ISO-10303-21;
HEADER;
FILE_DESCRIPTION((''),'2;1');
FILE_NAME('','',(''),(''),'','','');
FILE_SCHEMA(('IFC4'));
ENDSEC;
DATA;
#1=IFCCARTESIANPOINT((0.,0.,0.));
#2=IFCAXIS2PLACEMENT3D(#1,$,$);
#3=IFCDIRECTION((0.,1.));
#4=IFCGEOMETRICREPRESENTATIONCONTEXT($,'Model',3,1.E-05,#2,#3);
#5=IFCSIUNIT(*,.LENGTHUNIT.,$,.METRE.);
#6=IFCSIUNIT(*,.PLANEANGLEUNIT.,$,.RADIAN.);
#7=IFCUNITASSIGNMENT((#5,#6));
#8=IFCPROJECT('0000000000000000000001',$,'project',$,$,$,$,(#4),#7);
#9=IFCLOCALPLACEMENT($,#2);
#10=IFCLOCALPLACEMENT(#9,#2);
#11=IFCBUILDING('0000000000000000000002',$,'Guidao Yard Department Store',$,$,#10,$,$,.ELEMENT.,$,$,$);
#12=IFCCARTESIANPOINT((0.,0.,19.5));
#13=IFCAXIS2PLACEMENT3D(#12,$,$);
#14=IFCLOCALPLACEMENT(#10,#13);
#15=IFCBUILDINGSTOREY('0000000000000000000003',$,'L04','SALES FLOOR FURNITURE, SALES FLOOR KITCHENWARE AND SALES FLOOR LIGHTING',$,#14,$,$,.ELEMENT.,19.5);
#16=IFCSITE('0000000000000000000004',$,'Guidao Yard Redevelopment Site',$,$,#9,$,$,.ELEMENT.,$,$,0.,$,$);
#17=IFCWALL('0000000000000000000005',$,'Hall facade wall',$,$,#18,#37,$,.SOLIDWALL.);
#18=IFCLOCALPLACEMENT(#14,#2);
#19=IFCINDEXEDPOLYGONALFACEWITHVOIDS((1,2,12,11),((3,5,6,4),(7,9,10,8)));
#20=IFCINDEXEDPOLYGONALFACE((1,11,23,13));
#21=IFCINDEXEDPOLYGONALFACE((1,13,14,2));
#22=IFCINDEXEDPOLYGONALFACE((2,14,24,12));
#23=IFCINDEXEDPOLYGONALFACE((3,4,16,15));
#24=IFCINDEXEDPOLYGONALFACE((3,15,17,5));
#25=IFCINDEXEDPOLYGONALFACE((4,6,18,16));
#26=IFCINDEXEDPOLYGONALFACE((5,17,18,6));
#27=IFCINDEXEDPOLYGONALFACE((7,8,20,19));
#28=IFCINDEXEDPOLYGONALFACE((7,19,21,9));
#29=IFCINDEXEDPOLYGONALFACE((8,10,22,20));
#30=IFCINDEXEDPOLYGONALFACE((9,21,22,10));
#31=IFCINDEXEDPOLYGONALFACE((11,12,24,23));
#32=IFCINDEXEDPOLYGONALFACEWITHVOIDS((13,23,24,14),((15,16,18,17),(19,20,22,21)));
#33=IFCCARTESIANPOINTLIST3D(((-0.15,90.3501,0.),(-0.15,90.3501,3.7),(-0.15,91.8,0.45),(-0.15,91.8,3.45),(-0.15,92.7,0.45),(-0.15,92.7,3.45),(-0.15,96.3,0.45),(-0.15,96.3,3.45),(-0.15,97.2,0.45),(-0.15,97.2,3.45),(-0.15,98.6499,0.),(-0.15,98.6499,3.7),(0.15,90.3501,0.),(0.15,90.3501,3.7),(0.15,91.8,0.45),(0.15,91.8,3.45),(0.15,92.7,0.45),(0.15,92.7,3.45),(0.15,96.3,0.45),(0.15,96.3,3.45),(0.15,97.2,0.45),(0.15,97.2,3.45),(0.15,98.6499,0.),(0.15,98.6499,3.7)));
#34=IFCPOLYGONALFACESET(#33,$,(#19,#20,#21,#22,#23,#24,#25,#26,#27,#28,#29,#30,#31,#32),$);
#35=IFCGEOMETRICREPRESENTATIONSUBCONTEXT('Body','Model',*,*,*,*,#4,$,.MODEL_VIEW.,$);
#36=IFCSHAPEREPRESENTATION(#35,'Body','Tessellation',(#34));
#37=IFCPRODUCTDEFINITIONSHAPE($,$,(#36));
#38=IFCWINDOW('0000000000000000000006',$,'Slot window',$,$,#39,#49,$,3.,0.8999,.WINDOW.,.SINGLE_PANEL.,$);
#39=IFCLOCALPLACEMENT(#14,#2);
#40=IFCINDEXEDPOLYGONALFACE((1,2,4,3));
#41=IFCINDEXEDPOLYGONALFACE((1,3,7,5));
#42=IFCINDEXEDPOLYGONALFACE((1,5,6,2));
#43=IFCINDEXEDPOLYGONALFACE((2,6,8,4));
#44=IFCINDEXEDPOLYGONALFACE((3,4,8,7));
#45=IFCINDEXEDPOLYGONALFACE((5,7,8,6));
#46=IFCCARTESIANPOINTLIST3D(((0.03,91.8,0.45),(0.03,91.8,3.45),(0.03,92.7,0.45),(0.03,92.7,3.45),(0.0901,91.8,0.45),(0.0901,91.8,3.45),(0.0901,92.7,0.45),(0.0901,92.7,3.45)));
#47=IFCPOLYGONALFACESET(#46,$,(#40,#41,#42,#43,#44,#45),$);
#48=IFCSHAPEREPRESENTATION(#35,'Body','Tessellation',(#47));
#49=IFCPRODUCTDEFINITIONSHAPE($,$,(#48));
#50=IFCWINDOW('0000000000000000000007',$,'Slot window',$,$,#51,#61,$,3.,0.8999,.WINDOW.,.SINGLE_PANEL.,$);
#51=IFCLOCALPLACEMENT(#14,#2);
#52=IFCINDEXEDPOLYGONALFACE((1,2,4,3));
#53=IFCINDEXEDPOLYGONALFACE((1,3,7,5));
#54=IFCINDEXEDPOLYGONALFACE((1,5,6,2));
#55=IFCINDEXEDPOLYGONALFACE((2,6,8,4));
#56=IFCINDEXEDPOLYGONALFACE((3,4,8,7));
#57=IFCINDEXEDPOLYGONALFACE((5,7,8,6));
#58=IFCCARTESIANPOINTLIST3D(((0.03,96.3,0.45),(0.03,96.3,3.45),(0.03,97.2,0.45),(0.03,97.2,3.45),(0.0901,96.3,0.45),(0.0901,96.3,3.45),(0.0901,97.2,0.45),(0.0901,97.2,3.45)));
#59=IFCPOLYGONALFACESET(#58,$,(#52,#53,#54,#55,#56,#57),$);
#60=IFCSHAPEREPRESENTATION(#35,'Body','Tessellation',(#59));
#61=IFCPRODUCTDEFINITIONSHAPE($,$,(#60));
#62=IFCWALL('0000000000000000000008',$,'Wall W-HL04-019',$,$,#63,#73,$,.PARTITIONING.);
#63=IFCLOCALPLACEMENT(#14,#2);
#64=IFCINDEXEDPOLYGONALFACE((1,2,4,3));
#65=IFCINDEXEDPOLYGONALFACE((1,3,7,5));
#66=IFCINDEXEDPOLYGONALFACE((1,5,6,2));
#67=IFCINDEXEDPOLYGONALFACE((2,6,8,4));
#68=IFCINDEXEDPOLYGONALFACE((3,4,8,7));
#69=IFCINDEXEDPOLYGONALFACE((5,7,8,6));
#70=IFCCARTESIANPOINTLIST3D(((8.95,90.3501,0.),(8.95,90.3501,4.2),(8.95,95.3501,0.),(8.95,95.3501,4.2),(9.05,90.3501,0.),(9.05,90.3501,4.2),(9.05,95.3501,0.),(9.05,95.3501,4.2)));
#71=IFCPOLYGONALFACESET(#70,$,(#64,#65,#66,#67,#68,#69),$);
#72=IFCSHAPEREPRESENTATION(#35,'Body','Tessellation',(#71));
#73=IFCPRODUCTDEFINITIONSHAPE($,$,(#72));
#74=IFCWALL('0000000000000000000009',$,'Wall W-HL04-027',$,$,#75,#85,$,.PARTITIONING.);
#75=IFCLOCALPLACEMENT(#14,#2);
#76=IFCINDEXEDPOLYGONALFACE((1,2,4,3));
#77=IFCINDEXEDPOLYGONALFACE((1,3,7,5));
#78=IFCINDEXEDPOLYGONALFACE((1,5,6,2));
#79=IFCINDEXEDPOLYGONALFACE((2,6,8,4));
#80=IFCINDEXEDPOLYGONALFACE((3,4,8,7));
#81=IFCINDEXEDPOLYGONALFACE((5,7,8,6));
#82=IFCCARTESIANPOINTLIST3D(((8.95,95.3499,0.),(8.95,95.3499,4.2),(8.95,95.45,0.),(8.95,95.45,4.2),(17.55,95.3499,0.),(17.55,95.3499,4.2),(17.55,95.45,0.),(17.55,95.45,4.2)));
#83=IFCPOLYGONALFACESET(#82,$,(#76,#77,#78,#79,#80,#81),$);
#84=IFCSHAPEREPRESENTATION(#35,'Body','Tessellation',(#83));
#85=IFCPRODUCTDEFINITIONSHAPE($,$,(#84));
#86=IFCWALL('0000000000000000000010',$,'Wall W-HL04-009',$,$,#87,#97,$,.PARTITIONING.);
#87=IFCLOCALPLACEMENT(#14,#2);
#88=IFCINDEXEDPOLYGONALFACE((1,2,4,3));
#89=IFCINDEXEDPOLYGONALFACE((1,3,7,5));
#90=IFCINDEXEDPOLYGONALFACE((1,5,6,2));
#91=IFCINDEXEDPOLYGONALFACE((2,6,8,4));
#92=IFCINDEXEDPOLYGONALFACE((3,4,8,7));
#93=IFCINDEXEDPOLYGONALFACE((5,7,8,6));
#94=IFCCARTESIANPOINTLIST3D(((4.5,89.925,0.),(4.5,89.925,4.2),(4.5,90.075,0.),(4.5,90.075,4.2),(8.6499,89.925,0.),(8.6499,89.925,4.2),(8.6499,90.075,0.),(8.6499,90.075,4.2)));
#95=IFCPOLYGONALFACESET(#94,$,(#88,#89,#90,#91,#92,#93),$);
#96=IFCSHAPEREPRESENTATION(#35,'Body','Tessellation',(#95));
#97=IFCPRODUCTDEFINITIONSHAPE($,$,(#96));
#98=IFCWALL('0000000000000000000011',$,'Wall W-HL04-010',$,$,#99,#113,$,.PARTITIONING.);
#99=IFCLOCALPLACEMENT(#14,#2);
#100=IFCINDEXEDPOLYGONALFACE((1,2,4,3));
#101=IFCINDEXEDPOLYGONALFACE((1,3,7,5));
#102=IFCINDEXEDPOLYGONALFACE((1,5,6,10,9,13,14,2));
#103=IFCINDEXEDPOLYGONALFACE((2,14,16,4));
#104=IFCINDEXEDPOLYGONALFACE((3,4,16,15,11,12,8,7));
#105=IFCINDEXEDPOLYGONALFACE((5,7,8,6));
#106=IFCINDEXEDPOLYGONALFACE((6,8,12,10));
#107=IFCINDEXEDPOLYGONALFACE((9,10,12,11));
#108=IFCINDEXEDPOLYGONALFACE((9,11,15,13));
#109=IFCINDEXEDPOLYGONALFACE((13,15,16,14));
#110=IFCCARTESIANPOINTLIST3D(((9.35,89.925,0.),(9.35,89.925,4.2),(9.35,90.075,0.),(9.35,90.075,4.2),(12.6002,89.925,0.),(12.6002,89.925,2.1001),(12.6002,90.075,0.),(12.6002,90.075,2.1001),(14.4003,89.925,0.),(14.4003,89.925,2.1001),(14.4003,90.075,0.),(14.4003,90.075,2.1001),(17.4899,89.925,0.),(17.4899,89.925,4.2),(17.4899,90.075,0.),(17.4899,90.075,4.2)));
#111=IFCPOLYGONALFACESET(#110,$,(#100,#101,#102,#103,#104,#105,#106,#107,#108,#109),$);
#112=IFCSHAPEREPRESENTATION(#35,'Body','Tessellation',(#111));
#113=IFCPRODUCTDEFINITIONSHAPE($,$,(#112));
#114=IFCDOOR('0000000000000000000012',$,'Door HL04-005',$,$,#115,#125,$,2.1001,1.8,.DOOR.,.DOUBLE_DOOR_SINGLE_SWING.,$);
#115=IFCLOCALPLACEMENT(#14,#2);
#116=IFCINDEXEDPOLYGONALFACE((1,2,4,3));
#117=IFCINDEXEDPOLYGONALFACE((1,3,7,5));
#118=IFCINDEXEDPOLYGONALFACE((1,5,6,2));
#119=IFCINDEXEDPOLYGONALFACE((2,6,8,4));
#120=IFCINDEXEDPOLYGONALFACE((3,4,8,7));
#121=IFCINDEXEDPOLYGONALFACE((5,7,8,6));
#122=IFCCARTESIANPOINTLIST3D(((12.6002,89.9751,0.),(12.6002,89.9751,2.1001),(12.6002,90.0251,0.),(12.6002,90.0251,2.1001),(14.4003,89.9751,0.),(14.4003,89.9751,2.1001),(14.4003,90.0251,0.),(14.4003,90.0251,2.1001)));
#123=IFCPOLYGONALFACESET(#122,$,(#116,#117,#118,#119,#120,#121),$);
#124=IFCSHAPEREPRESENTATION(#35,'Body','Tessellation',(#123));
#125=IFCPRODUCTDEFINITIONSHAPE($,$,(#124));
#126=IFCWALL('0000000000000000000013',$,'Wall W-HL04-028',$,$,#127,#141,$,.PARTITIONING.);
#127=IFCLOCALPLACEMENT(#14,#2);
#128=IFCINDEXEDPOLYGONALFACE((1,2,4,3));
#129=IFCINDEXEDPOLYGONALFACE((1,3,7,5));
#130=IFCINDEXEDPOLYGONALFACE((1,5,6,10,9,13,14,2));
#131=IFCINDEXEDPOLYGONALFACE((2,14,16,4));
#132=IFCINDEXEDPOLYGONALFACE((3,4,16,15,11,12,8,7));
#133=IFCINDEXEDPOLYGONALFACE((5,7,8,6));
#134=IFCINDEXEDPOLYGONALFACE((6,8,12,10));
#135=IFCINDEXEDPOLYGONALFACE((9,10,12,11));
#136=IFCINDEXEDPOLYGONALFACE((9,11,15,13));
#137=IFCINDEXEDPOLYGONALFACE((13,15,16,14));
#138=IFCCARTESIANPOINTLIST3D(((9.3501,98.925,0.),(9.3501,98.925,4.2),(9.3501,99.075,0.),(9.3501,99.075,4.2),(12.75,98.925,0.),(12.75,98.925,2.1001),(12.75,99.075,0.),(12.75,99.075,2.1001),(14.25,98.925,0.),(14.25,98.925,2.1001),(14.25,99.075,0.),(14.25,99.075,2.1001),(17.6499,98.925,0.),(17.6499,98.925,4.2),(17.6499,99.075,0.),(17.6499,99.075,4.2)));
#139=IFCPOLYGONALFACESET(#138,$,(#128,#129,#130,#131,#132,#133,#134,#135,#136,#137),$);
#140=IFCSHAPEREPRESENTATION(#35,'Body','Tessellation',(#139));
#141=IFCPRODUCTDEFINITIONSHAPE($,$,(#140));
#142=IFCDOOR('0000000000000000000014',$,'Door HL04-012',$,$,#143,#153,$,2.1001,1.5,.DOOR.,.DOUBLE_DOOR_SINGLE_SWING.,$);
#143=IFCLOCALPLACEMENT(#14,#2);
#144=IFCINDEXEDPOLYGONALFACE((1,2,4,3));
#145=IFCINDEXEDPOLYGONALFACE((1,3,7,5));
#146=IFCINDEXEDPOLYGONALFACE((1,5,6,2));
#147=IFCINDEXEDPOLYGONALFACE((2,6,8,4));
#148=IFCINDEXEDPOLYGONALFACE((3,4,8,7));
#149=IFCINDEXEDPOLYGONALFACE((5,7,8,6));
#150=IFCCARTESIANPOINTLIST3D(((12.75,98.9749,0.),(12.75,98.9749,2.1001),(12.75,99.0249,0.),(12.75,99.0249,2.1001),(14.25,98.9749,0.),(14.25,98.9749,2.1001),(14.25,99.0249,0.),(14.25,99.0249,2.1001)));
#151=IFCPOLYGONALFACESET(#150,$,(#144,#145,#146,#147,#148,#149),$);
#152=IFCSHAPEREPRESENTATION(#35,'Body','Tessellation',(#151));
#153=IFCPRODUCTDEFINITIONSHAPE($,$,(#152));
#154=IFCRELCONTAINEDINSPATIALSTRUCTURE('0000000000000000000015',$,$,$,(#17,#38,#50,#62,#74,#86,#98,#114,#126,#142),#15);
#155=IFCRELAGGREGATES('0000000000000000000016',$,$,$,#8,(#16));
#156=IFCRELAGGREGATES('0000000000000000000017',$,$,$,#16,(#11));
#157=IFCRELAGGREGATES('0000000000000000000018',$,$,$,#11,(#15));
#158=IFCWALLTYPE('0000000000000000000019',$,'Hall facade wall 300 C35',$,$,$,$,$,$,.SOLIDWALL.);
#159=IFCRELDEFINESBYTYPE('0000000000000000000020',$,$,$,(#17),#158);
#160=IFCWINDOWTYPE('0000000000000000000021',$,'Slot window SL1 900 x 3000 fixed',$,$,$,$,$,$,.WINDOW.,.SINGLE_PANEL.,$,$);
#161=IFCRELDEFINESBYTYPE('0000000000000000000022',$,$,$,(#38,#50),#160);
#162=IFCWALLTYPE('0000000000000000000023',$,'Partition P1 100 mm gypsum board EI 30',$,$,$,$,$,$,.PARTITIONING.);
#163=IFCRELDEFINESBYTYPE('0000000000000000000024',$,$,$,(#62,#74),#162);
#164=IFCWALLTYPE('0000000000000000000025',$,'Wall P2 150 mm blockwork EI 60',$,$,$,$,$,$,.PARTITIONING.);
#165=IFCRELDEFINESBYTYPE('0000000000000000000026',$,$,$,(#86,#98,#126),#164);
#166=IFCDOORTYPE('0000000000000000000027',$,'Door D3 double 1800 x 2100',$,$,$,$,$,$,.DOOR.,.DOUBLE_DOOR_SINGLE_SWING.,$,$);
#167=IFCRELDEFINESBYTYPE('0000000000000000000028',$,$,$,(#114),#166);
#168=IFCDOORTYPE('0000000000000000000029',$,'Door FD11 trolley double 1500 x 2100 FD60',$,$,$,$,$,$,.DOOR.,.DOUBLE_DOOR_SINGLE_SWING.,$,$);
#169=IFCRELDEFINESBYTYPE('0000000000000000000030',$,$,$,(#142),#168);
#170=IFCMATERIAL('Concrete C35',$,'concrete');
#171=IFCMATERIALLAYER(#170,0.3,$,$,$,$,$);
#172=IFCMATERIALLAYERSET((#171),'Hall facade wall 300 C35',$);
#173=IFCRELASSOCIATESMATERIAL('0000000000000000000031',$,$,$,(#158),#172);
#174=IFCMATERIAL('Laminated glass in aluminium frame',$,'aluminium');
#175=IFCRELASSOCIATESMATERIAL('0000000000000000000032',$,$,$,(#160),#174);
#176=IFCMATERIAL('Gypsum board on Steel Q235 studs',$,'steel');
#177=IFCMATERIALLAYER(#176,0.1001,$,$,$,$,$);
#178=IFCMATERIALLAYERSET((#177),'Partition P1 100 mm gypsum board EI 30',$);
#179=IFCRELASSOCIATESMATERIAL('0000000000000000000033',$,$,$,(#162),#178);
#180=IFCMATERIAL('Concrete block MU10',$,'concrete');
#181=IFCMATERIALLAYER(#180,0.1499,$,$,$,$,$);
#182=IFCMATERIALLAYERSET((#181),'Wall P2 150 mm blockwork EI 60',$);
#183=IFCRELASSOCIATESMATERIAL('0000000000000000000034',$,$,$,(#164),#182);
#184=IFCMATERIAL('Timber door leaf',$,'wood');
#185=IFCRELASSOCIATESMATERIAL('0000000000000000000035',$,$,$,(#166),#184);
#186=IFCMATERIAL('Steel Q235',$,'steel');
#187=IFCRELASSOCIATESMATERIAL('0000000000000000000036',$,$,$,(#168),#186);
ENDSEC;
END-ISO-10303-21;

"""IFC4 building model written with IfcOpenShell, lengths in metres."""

from ifc_helpers import new_model, si_unit, direction, frame, frame_2d, origin, place, context, subcontext, project, spatial, rectangle, extrude, material, layer, layer_set, type_object, element, fill, save


model = new_model("IFC4")

# Units and contexts
model_context = context("Model", 3, precision=1e-05, world=origin(), true_north=direction((0.0, 1.0)))
body_context = subcontext(model_context, "Body", "Model", "MODEL_VIEW")
ifc_project = project(units=[si_unit("LENGTHUNIT", "METRE"), si_unit("PLANEANGLEUNIT", "RADIAN")], contexts=[model_context])

# Site, building, storey
site_placement = place(None, origin())
site = spatial("IfcSite", under=ifc_project, at=site_placement, Name="Guidao Yard Redevelopment Site", CompositionType="ELEMENT", RefElevation=0.0)
building_placement = place(site_placement, origin())
building = spatial("IfcBuilding", under=site, at=building_placement, Name="Guidao Yard Department Store", CompositionType="ELEMENT")
storey_placement = place(building_placement, frame((0.0, 0.0, 19.5)))
storey = spatial("IfcBuildingStorey", under=building, at=storey_placement, Name="L04", Description="SALES FLOOR FURNITURE, SALES FLOOR KITCHENWARE AND SALES FLOOR LIGHTING", CompositionType="ELEMENT", Elevation=19.5)

# Wall, openings, windows
ifc_material_1 = material(Name="Concrete C35", Category="concrete")
ifc_layer_1 = layer(ifc_material_1, 0.3)
ifc_layer_set_1 = layer_set([ifc_layer_1], Name="Hall facade wall 300 C35")
wall_type_1 = type_object("IfcWallType", Name="Hall facade wall 300 C35", PredefinedType="SOLIDWALL", material=ifc_layer_set_1)
wall_1_placement = place(storey_placement, frame((0.0, 90.3501, 0.0), z_axis=(0.0, 0.0, 1.0), x_axis=(0.0, 1.0, 0.0)))
wall_1 = element("IfcWall", 1, at=wall_1_placement, inside=storey, type_object=wall_type_1, Name="Hall facade wall", PredefinedType="SOLIDWALL", context=body_context, shape_type="SweptSolid", body=[
    extrude(rectangle(XDim=8.2998, YDim=0.3, at=frame_2d((4.1499, 0.0))), origin(), (0.0, 0.0, 1.0), 3.7),
])
opening_1_placement = place(wall_1_placement, frame((1.45, 0.0, 0.45)))
opening_1 = element("IfcOpeningElement", 2, at=opening_1_placement, cuts=wall_1, PredefinedType="OPENING", context=body_context, shape_type="SweptSolid", body=[
    extrude(rectangle(XDim=0.8999, YDim=3.0, at=frame_2d((0.45, 1.5))), frame((0.0, 0.1599, 0.0), z_axis=(0.0, -1.0, 0.0), x_axis=(1.0, 0.0, 0.0)), (0.0, 0.0, 1.0), 0.3201),
])
opening_2_placement = place(wall_1_placement, frame((5.95, 0.0, 0.45)))
opening_2 = element("IfcOpeningElement", 3, at=opening_2_placement, cuts=wall_1, PredefinedType="OPENING", context=body_context, shape_type="SweptSolid", body=[
    extrude(rectangle(XDim=0.8999, YDim=3.0, at=frame_2d((0.45, 1.5))), frame((0.0, 0.1599, 0.0), z_axis=(0.0, -1.0, 0.0), x_axis=(1.0, 0.0, 0.0)), (0.0, 0.0, 1.0), 0.3201),
])
ifc_material_2 = material(Name="Laminated glass in aluminium frame", Category="aluminium")
window_type = type_object("IfcWindowType", Name="Slot window SL1 900 x 3000 fixed", PartitioningType="SINGLE_PANEL", PredefinedType="WINDOW", material=ifc_material_2)
window_1_placement = place(opening_1_placement, origin())
window_1 = element("IfcWindow", 4, at=window_1_placement, inside=storey, type_object=window_type, Name="Slot window", OverallHeight=3.0, OverallWidth=0.8999, PartitioningType="SINGLE_PANEL", PredefinedType="WINDOW", context=body_context, shape_type="SweptSolid", body=[
    extrude(rectangle(XDim=0.8999, YDim=3.0, at=frame_2d((0.45, 1.5))), frame((0.0, -0.03, 0.0), z_axis=(0.0, -1.0, 0.0), x_axis=(1.0, 0.0, 0.0)), (0.0, 0.0, 1.0), 0.0601),
])
fill(opening_1, window_1)
window_2_placement = place(opening_2_placement, origin())
window_2 = element("IfcWindow", 5, at=window_2_placement, inside=storey, type_object=window_type, Name="Slot window", OverallHeight=3.0, OverallWidth=0.8999, PartitioningType="SINGLE_PANEL", PredefinedType="WINDOW", context=body_context, shape_type="SweptSolid", body=[
    extrude(rectangle(XDim=0.8999, YDim=3.0, at=frame_2d((0.45, 1.5))), frame((0.0, -0.03, 0.0), z_axis=(0.0, -1.0, 0.0), x_axis=(1.0, 0.0, 0.0)), (0.0, 0.0, 1.0), 0.0601),
])
fill(opening_2, window_2)

# Walls
ifc_material_3 = material(Name="Gypsum board on Steel Q235 studs", Category="steel")
ifc_layer_2 = layer(ifc_material_3, 0.1001)
ifc_layer_set_2 = layer_set([ifc_layer_2], Name="Partition P1 100 mm gypsum board EI 30")
wall_type_2 = type_object("IfcWallType", Name="Partition P1 100 mm gypsum board EI 30", PredefinedType="PARTITIONING", material=ifc_layer_set_2)
wall_2_placement = place(storey_placement, frame((9.0, 90.3501, 0.0), z_axis=(0.0, 0.0, 1.0), x_axis=(0.0, 1.0, 0.0)))
element("IfcWall", 6, at=wall_2_placement, inside=storey, type_object=wall_type_2, Name="Wall W-HL04-019", PredefinedType="PARTITIONING", context=body_context, shape_type="SweptSolid", body=[
    extrude(rectangle(XDim=5.0, YDim=0.1001, at=frame_2d((2.5, 0.0))), origin(), (0.0, 0.0, 1.0), 4.2),
])
wall_3_placement = place(storey_placement, frame((8.95, 95.3999, 0.0), z_axis=(0.0, 0.0, 1.0), x_axis=(1.0, 0.0, 0.0)))
element("IfcWall", 7, at=wall_3_placement, inside=storey, type_object=wall_type_2, Name="Wall W-HL04-027", PredefinedType="PARTITIONING", context=body_context, shape_type="SweptSolid", body=[
    extrude(rectangle(XDim=8.6001, YDim=0.1001, at=frame_2d((4.3, 0.0))), origin(), (0.0, 0.0, 1.0), 4.2),
])
ifc_material_4 = material(Name="Concrete block MU10", Category="concrete")
ifc_layer_3 = layer(ifc_material_4, 0.1499)
ifc_layer_set_3 = layer_set([ifc_layer_3], Name="Wall P2 150 mm blockwork EI 60")
wall_type_3 = type_object("IfcWallType", Name="Wall P2 150 mm blockwork EI 60", PredefinedType="PARTITIONING", material=ifc_layer_set_3)
wall_4_placement = place(storey_placement, frame((4.5, 90.0, 0.0), z_axis=(0.0, 0.0, 1.0), x_axis=(1.0, 0.0, 0.0)))
element("IfcWall", 8, at=wall_4_placement, inside=storey, type_object=wall_type_3, Name="Wall W-HL04-009", PredefinedType="PARTITIONING", context=body_context, shape_type="SweptSolid", body=[
    extrude(rectangle(XDim=4.1499, YDim=0.1499, at=frame_2d((2.075, 0.0))), origin(), (0.0, 0.0, 1.0), 4.2),
])

# Walls, openings, doors
wall_5_placement = place(storey_placement, frame((9.3501, 90.0, 0.0), z_axis=(0.0, 0.0, 1.0), x_axis=(1.0, 0.0, 0.0)))
wall_5 = element("IfcWall", 9, at=wall_5_placement, inside=storey, type_object=wall_type_3, Name="Wall W-HL04-010", PredefinedType="PARTITIONING", context=body_context, shape_type="SweptSolid", body=[
    extrude(rectangle(XDim=8.1399, YDim=0.1499, at=frame_2d((4.0698, 0.0))), origin(), (0.0, 0.0, 1.0), 4.2),
])
opening_3_placement = place(wall_5_placement, frame((5.05, 0.0, 0.0), z_axis=(0.0, 0.0, 1.0), x_axis=(-1.0, 0.0, 0.0)))
opening_3 = element("IfcOpeningElement", 10, at=opening_3_placement, cuts=wall_5, PredefinedType="OPENING", context=body_context, shape_type="SweptSolid", body=[
    extrude(rectangle(XDim=1.8, YDim=2.1001, at=frame_2d((0.8999, 1.05))), frame((0.0, 0.085, 0.0), z_axis=(0.0, -1.0, 0.0), x_axis=(1.0, 0.0, 0.0)), (0.0, 0.0, 1.0), 0.1699),
])
ifc_material_5 = material(Name="Timber door leaf", Category="wood")
door_type_1 = type_object("IfcDoorType", Name="Door D3 double 1800 x 2100", OperationType="DOUBLE_DOOR_SINGLE_SWING", PredefinedType="DOOR", material=ifc_material_5)
door_1_placement = place(opening_3_placement, origin())
door_1 = element("IfcDoor", 11, at=door_1_placement, inside=storey, type_object=door_type_1, Name="Door HL04-005", OperationType="DOUBLE_DOOR_SINGLE_SWING", OverallHeight=2.1001, OverallWidth=1.8, PredefinedType="DOOR", context=body_context, shape_type="SweptSolid", body=[
    extrude(rectangle(XDim=1.8, YDim=2.1001, at=frame_2d((0.8999, 1.05))), frame((0.0, 0.0249, 0.0), z_axis=(0.0, -1.0, 0.0), x_axis=(1.0, 0.0, 0.0)), (0.0, 0.0, 1.0), 0.05),
])
fill(opening_3, door_1)
wall_6_placement = place(storey_placement, frame((9.3501, 99.0, 0.0), z_axis=(0.0, 0.0, 1.0), x_axis=(1.0, 0.0, 0.0)))
wall_6 = element("IfcWall", 12, at=wall_6_placement, inside=storey, type_object=wall_type_3, Name="Wall W-HL04-028", PredefinedType="PARTITIONING", context=body_context, shape_type="SweptSolid", body=[
    extrude(rectangle(XDim=8.2998, YDim=0.1499, at=frame_2d((4.1499, 0.0))), origin(), (0.0, 0.0, 1.0), 4.2),
])
opening_4_placement = place(wall_6_placement, frame((3.3999, 0.0, 0.0)))
opening_4 = element("IfcOpeningElement", 13, at=opening_4_placement, cuts=wall_6, PredefinedType="OPENING", context=body_context, shape_type="SweptSolid", body=[
    extrude(rectangle(XDim=1.5, YDim=2.1001, at=frame_2d((0.75, 1.05))), frame((0.0, 0.085, 0.0), z_axis=(0.0, -1.0, 0.0), x_axis=(1.0, 0.0, 0.0)), (0.0, 0.0, 1.0), 0.1699),
])
ifc_material_6 = material(Name="Steel Q235", Category="steel")
door_type_2 = type_object("IfcDoorType", Name="Door FD11 trolley double 1500 x 2100 FD60", OperationType="DOUBLE_DOOR_SINGLE_SWING", PredefinedType="DOOR", material=ifc_material_6)
door_2_placement = place(opening_4_placement, origin())
door_2 = element("IfcDoor", 14, at=door_2_placement, inside=storey, type_object=door_type_2, Name="Door HL04-012", OperationType="DOUBLE_DOOR_SINGLE_SWING", OverallHeight=2.1001, OverallWidth=1.5, PredefinedType="DOOR", context=body_context, shape_type="SweptSolid", body=[
    extrude(rectangle(XDim=1.5, YDim=2.1001, at=frame_2d((0.75, 1.05))), frame((0.0, 0.0249, 0.0), z_axis=(0.0, -1.0, 0.0), x_axis=(1.0, 0.0, 0.0)), (0.0, 0.0, 1.0), 0.05),
])
fill(opening_4, door_2)

save(model, "model.ifc")
